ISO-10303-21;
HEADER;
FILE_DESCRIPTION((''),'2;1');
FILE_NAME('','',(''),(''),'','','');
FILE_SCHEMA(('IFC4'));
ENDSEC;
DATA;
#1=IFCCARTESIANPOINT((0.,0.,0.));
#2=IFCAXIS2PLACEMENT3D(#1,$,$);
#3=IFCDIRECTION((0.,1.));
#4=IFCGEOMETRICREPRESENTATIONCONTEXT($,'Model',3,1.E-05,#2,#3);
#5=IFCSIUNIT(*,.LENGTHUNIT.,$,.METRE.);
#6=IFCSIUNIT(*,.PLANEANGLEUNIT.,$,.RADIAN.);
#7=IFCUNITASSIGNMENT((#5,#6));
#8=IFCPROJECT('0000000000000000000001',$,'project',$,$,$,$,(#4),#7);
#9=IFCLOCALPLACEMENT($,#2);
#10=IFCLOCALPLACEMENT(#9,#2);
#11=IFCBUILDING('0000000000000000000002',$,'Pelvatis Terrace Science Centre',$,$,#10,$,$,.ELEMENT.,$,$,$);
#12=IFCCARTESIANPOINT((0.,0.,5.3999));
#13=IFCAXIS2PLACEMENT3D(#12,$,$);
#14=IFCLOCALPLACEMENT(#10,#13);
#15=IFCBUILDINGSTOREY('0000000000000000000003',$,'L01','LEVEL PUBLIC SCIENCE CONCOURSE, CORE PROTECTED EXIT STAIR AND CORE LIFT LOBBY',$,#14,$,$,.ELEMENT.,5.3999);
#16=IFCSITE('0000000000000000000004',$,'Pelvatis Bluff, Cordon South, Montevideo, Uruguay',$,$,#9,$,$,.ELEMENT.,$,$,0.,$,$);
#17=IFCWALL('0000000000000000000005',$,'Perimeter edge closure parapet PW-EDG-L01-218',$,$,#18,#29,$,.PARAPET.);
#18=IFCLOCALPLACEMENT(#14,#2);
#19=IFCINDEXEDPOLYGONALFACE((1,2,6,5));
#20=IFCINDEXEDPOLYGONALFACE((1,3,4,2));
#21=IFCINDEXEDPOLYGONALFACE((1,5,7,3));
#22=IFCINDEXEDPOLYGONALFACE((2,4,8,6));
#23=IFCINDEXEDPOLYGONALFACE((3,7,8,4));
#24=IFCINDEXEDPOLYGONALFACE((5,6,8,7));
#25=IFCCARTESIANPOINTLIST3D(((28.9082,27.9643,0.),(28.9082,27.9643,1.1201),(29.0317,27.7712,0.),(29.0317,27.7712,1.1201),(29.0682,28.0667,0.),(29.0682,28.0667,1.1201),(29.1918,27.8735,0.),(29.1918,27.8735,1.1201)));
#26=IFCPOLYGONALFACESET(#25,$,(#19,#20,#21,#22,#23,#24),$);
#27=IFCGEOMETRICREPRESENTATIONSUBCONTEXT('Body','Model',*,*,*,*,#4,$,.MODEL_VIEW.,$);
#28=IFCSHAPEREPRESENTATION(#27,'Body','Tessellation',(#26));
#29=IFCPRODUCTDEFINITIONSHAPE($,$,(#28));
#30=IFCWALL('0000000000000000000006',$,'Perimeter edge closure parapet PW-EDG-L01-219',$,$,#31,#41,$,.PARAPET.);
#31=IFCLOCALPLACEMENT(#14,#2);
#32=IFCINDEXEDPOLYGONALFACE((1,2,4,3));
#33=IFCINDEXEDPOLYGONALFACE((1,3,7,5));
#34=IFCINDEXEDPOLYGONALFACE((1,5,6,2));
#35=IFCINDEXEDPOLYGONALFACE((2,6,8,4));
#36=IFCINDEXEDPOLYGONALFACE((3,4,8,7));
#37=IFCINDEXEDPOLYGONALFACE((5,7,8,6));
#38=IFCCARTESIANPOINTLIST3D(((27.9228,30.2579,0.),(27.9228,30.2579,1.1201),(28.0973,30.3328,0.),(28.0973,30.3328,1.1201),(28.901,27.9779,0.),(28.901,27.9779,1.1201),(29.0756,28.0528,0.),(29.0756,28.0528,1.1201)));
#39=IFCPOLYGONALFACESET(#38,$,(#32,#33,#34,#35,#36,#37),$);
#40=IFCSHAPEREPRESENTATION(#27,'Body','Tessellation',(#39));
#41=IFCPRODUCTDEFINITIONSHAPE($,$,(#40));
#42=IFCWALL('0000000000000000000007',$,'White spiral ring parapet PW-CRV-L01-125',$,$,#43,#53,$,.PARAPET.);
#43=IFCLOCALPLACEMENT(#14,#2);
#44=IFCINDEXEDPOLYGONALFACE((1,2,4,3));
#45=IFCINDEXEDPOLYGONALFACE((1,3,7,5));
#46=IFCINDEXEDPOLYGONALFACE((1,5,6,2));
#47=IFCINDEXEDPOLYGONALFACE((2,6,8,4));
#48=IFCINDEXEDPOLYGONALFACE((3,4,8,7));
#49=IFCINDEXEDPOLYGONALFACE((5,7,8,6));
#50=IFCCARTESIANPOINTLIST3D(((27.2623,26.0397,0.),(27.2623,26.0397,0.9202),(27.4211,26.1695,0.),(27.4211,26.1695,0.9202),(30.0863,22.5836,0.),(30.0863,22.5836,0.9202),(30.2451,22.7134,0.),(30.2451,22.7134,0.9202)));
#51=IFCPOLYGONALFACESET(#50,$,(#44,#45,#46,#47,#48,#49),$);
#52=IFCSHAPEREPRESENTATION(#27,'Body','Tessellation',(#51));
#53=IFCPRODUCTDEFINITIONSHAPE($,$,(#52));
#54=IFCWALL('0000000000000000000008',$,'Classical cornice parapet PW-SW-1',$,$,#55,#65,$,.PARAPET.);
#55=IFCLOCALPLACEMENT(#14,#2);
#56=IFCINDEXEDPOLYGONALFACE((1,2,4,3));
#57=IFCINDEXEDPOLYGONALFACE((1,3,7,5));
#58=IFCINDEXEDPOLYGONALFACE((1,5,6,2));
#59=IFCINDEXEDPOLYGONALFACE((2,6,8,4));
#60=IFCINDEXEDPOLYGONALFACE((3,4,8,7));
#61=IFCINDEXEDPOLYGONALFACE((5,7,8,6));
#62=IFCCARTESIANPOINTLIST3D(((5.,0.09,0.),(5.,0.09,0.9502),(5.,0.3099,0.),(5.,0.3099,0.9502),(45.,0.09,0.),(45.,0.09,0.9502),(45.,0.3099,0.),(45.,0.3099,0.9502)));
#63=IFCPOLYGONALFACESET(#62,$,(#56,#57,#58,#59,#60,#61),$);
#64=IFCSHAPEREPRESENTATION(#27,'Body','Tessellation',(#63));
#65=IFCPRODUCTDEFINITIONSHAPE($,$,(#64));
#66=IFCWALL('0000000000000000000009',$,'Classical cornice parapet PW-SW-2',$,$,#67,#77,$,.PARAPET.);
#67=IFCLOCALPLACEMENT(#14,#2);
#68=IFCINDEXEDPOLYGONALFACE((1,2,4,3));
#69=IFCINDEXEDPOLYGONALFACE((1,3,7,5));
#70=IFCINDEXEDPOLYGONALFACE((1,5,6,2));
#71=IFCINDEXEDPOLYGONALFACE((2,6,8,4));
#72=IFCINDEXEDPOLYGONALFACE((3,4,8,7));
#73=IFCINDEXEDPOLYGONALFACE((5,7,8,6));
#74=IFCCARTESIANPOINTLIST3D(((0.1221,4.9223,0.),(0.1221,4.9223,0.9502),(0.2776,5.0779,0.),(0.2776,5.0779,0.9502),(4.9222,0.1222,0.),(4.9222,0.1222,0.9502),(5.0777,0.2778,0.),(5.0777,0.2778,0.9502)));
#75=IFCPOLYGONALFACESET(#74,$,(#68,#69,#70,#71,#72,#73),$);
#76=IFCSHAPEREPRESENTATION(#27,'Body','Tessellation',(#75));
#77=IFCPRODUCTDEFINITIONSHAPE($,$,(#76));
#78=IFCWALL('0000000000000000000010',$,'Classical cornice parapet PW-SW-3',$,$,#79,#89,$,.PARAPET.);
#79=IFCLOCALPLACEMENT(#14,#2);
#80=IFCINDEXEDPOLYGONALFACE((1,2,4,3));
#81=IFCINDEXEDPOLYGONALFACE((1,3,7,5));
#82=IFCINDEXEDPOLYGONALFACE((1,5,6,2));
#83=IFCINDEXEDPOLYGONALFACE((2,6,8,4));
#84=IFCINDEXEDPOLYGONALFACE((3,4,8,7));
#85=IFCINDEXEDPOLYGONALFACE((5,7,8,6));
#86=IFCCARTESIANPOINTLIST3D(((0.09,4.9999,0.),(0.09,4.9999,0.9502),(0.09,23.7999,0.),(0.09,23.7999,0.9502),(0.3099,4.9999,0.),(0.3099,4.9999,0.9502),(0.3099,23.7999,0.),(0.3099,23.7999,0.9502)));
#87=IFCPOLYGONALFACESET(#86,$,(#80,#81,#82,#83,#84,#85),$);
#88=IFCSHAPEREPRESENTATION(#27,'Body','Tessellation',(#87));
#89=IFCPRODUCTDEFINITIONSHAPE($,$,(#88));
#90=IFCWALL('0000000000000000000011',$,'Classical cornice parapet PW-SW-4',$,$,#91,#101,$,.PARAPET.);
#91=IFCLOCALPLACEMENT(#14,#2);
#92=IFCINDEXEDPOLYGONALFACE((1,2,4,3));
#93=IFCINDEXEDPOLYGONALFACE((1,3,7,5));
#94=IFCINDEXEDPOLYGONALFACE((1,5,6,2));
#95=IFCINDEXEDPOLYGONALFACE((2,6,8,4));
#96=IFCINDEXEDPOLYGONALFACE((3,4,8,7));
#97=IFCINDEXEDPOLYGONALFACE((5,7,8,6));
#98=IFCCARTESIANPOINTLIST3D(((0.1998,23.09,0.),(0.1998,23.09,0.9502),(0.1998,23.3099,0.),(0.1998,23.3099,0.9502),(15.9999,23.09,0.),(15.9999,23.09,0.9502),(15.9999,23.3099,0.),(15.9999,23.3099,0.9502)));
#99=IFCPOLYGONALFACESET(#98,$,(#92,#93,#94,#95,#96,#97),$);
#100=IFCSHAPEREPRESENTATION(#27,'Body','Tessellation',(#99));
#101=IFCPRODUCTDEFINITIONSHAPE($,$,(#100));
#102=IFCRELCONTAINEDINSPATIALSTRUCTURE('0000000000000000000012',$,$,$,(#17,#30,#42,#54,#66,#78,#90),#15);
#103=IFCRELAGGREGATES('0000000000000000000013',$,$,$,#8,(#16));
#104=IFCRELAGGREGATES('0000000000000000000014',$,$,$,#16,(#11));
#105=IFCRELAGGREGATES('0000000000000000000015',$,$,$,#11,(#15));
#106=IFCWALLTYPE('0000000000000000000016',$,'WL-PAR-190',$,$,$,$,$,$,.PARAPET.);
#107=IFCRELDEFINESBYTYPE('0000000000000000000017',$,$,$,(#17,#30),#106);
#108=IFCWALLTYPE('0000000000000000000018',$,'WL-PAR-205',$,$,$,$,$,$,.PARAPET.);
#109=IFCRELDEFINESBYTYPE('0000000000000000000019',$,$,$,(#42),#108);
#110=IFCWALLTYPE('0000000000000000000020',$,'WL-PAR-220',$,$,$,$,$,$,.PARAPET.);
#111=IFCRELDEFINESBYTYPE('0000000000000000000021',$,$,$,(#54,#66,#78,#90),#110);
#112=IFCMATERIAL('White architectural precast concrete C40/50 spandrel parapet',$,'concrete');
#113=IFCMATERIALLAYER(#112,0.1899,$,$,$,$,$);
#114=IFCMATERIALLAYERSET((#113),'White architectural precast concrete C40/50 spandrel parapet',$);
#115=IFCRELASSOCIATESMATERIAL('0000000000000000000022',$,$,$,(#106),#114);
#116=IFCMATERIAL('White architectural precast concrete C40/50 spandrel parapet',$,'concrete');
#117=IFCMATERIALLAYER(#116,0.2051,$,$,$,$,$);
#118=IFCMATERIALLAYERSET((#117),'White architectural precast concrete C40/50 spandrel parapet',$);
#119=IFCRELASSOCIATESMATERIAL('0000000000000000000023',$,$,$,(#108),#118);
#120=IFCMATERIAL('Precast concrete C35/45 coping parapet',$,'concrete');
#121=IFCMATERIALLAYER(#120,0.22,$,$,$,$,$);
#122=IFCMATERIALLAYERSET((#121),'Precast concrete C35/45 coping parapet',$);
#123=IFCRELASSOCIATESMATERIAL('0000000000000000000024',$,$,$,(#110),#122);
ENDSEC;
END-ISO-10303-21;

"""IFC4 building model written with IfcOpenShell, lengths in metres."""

from ifc_helpers import new_model, si_unit, direction, frame, frame_2d, origin, place, context, subcontext, project, spatial, rectangle, extrude, material, layer, layer_set, type_object, element, save


model = new_model("IFC4")

# Units and contexts
model_context = context("Model", 3, precision=1e-05, world=origin(), true_north=direction((0.0, 1.0)))
body_context = subcontext(model_context, "Body", "Model", "MODEL_VIEW")
ifc_project = project(units=[si_unit("LENGTHUNIT", "METRE"), si_unit("PLANEANGLEUNIT", "RADIAN")], contexts=[model_context])

# Site, building, storey
site_placement = place(None, origin())
site = spatial("IfcSite", under=ifc_project, at=site_placement, Name="Pelvatis Bluff, Cordon South, Montevideo, Uruguay", CompositionType="ELEMENT", RefElevation=0.0)
building_placement = place(site_placement, origin())
building = spatial("IfcBuilding", under=site, at=building_placement, Name="Pelvatis Terrace Science Centre", CompositionType="ELEMENT")
storey_placement = place(building_placement, frame((0.0, 0.0, 5.3999)))
storey = spatial("IfcBuildingStorey", under=building, at=storey_placement, Name="L01", Description="LEVEL PUBLIC SCIENCE CONCOURSE, CORE PROTECTED EXIT STAIR AND CORE LIFT LOBBY", CompositionType="ELEMENT", Elevation=5.3999)

# Walls
ifc_material_1 = material(Name="White architectural precast concrete C40/50 spandrel parapet", Category="concrete")
ifc_layer_1 = layer(ifc_material_1, 0.1899)
ifc_layer_set_1 = layer_set([ifc_layer_1], Name="White architectural precast concrete C40/50 spandrel parapet")
wall_type_1 = type_object("IfcWallType", Name="WL-PAR-190", PredefinedType="PARAPET", material=ifc_layer_set_1)
wall_1_placement = place(storey_placement, frame((29.1118, 27.8223, 0.0), z_axis=(0.0, 0.0, 1.0), x_axis=(-0.538872, 0.842387, 0.0)))
element("IfcWall", 1, at=wall_1_placement, inside=storey, type_object=wall_type_1, Name="Perimeter edge closure parapet PW-EDG-L01-218", PredefinedType="PARAPET", context=body_context, shape_type="SweptSolid", body=[
    extrude(rectangle(XDim=0.2292, YDim=0.1899, at=frame_2d((0.1147, 0.0))), origin(), (0.0, 0.0, 1.0), 1.1201),
])
wall_2_placement = place(storey_placement, frame((28.9883, 28.0154, 0.0), z_axis=(0.0, 0.0, 1.0), x_axis=(-0.394299, 0.918982, 0.0)))
element("IfcWall", 2, at=wall_2_placement, inside=storey, type_object=wall_type_1, Name="Perimeter edge closure parapet PW-EDG-L01-219", PredefinedType="PARAPET", context=body_context, shape_type="SweptSolid", body=[
    extrude(rectangle(XDim=2.481, YDim=0.1899, at=frame_2d((1.2405, 0.0))), origin(), (0.0, 0.0, 1.0), 1.1201),
])
ifc_material_2 = material(Name="White architectural precast concrete C40/50 spandrel parapet", Category="concrete")
ifc_layer_2 = layer(ifc_material_2, 0.2051)
ifc_layer_set_2 = layer_set([ifc_layer_2], Name="White architectural precast concrete C40/50 spandrel parapet")
wall_type_2 = type_object("IfcWallType", Name="WL-PAR-205", PredefinedType="PARAPET", material=ifc_layer_set_2)
wall_3_placement = place(storey_placement, frame((27.3418, 26.1045, 0.0), z_axis=(0.0, 0.0, 1.0), x_axis=(0.63274, -0.774364, 0.0)))
element("IfcWall", 3, at=wall_3_placement, inside=storey, type_object=wall_type_2, Name="White spiral ring parapet PW-CRV-L01-125", PredefinedType="PARAPET", context=body_context, shape_type="SweptSolid", body=[
    extrude(rectangle(XDim=4.4631, YDim=0.2051, at=frame_2d((2.2314, 0.0))), origin(), (0.0, 0.0, 1.0), 0.9202),
])
ifc_material_3 = material(Name="Precast concrete C35/45 coping parapet", Category="concrete")
ifc_layer_3 = layer(ifc_material_3, 0.22)
ifc_layer_set_3 = layer_set([ifc_layer_3], Name="Precast concrete C35/45 coping parapet")
wall_type_3 = type_object("IfcWallType", Name="WL-PAR-220", PredefinedType="PARAPET", material=ifc_layer_set_3)
wall_4_placement = place(storey_placement, frame((5.0, 0.2, 0.0), z_axis=(0.0, 0.0, 1.0), x_axis=(1.0, 0.0, 0.0)))
element("IfcWall", 4, at=wall_4_placement, inside=storey, type_object=wall_type_3, Name="Classical cornice parapet PW-SW-1", PredefinedType="PARAPET", context=body_context, shape_type="SweptSolid", body=[
    extrude(rectangle(XDim=40.0, YDim=0.22, at=frame_2d((20.0, 0.0))), origin(), (0.0, 0.0, 1.0), 0.9502),
])
wall_5_placement = place(storey_placement, frame((0.2, 5.0, 0.0), z_axis=(0.0, 0.0, 1.0), x_axis=(0.707107, -0.707107, 0.0)))
element("IfcWall", 5, at=wall_5_placement, inside=storey, type_object=wall_type_3, Name="Classical cornice parapet PW-SW-2", PredefinedType="PARAPET", context=body_context, shape_type="SweptSolid", body=[
    extrude(rectangle(XDim=6.7883, YDim=0.22, at=frame_2d((3.394, 0.0))), origin(), (0.0, 0.0, 1.0), 0.9502),
])
wall_6_placement = place(storey_placement, frame((0.2, 5.0, 0.0), z_axis=(0.0, 0.0, 1.0), x_axis=(0.0, 1.0, 0.0)))
element("IfcWall", 6, at=wall_6_placement, inside=storey, type_object=wall_type_3, Name="Classical cornice parapet PW-SW-3", PredefinedType="PARAPET", context=body_context, shape_type="SweptSolid", body=[
    extrude(rectangle(XDim=18.8, YDim=0.22, at=frame_2d((9.3999, 0.0))), origin(), (0.0, 0.0, 1.0), 0.9502),
])
wall_7_placement = place(storey_placement, frame((0.2, 23.2, 0.0), z_axis=(0.0, 0.0, 1.0), x_axis=(1.0, 0.0, 0.0)))
element("IfcWall", 7, at=wall_7_placement, inside=storey, type_object=wall_type_3, Name="Classical cornice parapet PW-SW-4", PredefinedType="PARAPET", context=body_context, shape_type="SweptSolid", body=[
    extrude(rectangle(XDim=15.8, YDim=0.22, at=frame_2d((7.8999, 0.0))), origin(), (0.0, 0.0, 1.0), 0.9502),
])

save(model, "model.ifc")
